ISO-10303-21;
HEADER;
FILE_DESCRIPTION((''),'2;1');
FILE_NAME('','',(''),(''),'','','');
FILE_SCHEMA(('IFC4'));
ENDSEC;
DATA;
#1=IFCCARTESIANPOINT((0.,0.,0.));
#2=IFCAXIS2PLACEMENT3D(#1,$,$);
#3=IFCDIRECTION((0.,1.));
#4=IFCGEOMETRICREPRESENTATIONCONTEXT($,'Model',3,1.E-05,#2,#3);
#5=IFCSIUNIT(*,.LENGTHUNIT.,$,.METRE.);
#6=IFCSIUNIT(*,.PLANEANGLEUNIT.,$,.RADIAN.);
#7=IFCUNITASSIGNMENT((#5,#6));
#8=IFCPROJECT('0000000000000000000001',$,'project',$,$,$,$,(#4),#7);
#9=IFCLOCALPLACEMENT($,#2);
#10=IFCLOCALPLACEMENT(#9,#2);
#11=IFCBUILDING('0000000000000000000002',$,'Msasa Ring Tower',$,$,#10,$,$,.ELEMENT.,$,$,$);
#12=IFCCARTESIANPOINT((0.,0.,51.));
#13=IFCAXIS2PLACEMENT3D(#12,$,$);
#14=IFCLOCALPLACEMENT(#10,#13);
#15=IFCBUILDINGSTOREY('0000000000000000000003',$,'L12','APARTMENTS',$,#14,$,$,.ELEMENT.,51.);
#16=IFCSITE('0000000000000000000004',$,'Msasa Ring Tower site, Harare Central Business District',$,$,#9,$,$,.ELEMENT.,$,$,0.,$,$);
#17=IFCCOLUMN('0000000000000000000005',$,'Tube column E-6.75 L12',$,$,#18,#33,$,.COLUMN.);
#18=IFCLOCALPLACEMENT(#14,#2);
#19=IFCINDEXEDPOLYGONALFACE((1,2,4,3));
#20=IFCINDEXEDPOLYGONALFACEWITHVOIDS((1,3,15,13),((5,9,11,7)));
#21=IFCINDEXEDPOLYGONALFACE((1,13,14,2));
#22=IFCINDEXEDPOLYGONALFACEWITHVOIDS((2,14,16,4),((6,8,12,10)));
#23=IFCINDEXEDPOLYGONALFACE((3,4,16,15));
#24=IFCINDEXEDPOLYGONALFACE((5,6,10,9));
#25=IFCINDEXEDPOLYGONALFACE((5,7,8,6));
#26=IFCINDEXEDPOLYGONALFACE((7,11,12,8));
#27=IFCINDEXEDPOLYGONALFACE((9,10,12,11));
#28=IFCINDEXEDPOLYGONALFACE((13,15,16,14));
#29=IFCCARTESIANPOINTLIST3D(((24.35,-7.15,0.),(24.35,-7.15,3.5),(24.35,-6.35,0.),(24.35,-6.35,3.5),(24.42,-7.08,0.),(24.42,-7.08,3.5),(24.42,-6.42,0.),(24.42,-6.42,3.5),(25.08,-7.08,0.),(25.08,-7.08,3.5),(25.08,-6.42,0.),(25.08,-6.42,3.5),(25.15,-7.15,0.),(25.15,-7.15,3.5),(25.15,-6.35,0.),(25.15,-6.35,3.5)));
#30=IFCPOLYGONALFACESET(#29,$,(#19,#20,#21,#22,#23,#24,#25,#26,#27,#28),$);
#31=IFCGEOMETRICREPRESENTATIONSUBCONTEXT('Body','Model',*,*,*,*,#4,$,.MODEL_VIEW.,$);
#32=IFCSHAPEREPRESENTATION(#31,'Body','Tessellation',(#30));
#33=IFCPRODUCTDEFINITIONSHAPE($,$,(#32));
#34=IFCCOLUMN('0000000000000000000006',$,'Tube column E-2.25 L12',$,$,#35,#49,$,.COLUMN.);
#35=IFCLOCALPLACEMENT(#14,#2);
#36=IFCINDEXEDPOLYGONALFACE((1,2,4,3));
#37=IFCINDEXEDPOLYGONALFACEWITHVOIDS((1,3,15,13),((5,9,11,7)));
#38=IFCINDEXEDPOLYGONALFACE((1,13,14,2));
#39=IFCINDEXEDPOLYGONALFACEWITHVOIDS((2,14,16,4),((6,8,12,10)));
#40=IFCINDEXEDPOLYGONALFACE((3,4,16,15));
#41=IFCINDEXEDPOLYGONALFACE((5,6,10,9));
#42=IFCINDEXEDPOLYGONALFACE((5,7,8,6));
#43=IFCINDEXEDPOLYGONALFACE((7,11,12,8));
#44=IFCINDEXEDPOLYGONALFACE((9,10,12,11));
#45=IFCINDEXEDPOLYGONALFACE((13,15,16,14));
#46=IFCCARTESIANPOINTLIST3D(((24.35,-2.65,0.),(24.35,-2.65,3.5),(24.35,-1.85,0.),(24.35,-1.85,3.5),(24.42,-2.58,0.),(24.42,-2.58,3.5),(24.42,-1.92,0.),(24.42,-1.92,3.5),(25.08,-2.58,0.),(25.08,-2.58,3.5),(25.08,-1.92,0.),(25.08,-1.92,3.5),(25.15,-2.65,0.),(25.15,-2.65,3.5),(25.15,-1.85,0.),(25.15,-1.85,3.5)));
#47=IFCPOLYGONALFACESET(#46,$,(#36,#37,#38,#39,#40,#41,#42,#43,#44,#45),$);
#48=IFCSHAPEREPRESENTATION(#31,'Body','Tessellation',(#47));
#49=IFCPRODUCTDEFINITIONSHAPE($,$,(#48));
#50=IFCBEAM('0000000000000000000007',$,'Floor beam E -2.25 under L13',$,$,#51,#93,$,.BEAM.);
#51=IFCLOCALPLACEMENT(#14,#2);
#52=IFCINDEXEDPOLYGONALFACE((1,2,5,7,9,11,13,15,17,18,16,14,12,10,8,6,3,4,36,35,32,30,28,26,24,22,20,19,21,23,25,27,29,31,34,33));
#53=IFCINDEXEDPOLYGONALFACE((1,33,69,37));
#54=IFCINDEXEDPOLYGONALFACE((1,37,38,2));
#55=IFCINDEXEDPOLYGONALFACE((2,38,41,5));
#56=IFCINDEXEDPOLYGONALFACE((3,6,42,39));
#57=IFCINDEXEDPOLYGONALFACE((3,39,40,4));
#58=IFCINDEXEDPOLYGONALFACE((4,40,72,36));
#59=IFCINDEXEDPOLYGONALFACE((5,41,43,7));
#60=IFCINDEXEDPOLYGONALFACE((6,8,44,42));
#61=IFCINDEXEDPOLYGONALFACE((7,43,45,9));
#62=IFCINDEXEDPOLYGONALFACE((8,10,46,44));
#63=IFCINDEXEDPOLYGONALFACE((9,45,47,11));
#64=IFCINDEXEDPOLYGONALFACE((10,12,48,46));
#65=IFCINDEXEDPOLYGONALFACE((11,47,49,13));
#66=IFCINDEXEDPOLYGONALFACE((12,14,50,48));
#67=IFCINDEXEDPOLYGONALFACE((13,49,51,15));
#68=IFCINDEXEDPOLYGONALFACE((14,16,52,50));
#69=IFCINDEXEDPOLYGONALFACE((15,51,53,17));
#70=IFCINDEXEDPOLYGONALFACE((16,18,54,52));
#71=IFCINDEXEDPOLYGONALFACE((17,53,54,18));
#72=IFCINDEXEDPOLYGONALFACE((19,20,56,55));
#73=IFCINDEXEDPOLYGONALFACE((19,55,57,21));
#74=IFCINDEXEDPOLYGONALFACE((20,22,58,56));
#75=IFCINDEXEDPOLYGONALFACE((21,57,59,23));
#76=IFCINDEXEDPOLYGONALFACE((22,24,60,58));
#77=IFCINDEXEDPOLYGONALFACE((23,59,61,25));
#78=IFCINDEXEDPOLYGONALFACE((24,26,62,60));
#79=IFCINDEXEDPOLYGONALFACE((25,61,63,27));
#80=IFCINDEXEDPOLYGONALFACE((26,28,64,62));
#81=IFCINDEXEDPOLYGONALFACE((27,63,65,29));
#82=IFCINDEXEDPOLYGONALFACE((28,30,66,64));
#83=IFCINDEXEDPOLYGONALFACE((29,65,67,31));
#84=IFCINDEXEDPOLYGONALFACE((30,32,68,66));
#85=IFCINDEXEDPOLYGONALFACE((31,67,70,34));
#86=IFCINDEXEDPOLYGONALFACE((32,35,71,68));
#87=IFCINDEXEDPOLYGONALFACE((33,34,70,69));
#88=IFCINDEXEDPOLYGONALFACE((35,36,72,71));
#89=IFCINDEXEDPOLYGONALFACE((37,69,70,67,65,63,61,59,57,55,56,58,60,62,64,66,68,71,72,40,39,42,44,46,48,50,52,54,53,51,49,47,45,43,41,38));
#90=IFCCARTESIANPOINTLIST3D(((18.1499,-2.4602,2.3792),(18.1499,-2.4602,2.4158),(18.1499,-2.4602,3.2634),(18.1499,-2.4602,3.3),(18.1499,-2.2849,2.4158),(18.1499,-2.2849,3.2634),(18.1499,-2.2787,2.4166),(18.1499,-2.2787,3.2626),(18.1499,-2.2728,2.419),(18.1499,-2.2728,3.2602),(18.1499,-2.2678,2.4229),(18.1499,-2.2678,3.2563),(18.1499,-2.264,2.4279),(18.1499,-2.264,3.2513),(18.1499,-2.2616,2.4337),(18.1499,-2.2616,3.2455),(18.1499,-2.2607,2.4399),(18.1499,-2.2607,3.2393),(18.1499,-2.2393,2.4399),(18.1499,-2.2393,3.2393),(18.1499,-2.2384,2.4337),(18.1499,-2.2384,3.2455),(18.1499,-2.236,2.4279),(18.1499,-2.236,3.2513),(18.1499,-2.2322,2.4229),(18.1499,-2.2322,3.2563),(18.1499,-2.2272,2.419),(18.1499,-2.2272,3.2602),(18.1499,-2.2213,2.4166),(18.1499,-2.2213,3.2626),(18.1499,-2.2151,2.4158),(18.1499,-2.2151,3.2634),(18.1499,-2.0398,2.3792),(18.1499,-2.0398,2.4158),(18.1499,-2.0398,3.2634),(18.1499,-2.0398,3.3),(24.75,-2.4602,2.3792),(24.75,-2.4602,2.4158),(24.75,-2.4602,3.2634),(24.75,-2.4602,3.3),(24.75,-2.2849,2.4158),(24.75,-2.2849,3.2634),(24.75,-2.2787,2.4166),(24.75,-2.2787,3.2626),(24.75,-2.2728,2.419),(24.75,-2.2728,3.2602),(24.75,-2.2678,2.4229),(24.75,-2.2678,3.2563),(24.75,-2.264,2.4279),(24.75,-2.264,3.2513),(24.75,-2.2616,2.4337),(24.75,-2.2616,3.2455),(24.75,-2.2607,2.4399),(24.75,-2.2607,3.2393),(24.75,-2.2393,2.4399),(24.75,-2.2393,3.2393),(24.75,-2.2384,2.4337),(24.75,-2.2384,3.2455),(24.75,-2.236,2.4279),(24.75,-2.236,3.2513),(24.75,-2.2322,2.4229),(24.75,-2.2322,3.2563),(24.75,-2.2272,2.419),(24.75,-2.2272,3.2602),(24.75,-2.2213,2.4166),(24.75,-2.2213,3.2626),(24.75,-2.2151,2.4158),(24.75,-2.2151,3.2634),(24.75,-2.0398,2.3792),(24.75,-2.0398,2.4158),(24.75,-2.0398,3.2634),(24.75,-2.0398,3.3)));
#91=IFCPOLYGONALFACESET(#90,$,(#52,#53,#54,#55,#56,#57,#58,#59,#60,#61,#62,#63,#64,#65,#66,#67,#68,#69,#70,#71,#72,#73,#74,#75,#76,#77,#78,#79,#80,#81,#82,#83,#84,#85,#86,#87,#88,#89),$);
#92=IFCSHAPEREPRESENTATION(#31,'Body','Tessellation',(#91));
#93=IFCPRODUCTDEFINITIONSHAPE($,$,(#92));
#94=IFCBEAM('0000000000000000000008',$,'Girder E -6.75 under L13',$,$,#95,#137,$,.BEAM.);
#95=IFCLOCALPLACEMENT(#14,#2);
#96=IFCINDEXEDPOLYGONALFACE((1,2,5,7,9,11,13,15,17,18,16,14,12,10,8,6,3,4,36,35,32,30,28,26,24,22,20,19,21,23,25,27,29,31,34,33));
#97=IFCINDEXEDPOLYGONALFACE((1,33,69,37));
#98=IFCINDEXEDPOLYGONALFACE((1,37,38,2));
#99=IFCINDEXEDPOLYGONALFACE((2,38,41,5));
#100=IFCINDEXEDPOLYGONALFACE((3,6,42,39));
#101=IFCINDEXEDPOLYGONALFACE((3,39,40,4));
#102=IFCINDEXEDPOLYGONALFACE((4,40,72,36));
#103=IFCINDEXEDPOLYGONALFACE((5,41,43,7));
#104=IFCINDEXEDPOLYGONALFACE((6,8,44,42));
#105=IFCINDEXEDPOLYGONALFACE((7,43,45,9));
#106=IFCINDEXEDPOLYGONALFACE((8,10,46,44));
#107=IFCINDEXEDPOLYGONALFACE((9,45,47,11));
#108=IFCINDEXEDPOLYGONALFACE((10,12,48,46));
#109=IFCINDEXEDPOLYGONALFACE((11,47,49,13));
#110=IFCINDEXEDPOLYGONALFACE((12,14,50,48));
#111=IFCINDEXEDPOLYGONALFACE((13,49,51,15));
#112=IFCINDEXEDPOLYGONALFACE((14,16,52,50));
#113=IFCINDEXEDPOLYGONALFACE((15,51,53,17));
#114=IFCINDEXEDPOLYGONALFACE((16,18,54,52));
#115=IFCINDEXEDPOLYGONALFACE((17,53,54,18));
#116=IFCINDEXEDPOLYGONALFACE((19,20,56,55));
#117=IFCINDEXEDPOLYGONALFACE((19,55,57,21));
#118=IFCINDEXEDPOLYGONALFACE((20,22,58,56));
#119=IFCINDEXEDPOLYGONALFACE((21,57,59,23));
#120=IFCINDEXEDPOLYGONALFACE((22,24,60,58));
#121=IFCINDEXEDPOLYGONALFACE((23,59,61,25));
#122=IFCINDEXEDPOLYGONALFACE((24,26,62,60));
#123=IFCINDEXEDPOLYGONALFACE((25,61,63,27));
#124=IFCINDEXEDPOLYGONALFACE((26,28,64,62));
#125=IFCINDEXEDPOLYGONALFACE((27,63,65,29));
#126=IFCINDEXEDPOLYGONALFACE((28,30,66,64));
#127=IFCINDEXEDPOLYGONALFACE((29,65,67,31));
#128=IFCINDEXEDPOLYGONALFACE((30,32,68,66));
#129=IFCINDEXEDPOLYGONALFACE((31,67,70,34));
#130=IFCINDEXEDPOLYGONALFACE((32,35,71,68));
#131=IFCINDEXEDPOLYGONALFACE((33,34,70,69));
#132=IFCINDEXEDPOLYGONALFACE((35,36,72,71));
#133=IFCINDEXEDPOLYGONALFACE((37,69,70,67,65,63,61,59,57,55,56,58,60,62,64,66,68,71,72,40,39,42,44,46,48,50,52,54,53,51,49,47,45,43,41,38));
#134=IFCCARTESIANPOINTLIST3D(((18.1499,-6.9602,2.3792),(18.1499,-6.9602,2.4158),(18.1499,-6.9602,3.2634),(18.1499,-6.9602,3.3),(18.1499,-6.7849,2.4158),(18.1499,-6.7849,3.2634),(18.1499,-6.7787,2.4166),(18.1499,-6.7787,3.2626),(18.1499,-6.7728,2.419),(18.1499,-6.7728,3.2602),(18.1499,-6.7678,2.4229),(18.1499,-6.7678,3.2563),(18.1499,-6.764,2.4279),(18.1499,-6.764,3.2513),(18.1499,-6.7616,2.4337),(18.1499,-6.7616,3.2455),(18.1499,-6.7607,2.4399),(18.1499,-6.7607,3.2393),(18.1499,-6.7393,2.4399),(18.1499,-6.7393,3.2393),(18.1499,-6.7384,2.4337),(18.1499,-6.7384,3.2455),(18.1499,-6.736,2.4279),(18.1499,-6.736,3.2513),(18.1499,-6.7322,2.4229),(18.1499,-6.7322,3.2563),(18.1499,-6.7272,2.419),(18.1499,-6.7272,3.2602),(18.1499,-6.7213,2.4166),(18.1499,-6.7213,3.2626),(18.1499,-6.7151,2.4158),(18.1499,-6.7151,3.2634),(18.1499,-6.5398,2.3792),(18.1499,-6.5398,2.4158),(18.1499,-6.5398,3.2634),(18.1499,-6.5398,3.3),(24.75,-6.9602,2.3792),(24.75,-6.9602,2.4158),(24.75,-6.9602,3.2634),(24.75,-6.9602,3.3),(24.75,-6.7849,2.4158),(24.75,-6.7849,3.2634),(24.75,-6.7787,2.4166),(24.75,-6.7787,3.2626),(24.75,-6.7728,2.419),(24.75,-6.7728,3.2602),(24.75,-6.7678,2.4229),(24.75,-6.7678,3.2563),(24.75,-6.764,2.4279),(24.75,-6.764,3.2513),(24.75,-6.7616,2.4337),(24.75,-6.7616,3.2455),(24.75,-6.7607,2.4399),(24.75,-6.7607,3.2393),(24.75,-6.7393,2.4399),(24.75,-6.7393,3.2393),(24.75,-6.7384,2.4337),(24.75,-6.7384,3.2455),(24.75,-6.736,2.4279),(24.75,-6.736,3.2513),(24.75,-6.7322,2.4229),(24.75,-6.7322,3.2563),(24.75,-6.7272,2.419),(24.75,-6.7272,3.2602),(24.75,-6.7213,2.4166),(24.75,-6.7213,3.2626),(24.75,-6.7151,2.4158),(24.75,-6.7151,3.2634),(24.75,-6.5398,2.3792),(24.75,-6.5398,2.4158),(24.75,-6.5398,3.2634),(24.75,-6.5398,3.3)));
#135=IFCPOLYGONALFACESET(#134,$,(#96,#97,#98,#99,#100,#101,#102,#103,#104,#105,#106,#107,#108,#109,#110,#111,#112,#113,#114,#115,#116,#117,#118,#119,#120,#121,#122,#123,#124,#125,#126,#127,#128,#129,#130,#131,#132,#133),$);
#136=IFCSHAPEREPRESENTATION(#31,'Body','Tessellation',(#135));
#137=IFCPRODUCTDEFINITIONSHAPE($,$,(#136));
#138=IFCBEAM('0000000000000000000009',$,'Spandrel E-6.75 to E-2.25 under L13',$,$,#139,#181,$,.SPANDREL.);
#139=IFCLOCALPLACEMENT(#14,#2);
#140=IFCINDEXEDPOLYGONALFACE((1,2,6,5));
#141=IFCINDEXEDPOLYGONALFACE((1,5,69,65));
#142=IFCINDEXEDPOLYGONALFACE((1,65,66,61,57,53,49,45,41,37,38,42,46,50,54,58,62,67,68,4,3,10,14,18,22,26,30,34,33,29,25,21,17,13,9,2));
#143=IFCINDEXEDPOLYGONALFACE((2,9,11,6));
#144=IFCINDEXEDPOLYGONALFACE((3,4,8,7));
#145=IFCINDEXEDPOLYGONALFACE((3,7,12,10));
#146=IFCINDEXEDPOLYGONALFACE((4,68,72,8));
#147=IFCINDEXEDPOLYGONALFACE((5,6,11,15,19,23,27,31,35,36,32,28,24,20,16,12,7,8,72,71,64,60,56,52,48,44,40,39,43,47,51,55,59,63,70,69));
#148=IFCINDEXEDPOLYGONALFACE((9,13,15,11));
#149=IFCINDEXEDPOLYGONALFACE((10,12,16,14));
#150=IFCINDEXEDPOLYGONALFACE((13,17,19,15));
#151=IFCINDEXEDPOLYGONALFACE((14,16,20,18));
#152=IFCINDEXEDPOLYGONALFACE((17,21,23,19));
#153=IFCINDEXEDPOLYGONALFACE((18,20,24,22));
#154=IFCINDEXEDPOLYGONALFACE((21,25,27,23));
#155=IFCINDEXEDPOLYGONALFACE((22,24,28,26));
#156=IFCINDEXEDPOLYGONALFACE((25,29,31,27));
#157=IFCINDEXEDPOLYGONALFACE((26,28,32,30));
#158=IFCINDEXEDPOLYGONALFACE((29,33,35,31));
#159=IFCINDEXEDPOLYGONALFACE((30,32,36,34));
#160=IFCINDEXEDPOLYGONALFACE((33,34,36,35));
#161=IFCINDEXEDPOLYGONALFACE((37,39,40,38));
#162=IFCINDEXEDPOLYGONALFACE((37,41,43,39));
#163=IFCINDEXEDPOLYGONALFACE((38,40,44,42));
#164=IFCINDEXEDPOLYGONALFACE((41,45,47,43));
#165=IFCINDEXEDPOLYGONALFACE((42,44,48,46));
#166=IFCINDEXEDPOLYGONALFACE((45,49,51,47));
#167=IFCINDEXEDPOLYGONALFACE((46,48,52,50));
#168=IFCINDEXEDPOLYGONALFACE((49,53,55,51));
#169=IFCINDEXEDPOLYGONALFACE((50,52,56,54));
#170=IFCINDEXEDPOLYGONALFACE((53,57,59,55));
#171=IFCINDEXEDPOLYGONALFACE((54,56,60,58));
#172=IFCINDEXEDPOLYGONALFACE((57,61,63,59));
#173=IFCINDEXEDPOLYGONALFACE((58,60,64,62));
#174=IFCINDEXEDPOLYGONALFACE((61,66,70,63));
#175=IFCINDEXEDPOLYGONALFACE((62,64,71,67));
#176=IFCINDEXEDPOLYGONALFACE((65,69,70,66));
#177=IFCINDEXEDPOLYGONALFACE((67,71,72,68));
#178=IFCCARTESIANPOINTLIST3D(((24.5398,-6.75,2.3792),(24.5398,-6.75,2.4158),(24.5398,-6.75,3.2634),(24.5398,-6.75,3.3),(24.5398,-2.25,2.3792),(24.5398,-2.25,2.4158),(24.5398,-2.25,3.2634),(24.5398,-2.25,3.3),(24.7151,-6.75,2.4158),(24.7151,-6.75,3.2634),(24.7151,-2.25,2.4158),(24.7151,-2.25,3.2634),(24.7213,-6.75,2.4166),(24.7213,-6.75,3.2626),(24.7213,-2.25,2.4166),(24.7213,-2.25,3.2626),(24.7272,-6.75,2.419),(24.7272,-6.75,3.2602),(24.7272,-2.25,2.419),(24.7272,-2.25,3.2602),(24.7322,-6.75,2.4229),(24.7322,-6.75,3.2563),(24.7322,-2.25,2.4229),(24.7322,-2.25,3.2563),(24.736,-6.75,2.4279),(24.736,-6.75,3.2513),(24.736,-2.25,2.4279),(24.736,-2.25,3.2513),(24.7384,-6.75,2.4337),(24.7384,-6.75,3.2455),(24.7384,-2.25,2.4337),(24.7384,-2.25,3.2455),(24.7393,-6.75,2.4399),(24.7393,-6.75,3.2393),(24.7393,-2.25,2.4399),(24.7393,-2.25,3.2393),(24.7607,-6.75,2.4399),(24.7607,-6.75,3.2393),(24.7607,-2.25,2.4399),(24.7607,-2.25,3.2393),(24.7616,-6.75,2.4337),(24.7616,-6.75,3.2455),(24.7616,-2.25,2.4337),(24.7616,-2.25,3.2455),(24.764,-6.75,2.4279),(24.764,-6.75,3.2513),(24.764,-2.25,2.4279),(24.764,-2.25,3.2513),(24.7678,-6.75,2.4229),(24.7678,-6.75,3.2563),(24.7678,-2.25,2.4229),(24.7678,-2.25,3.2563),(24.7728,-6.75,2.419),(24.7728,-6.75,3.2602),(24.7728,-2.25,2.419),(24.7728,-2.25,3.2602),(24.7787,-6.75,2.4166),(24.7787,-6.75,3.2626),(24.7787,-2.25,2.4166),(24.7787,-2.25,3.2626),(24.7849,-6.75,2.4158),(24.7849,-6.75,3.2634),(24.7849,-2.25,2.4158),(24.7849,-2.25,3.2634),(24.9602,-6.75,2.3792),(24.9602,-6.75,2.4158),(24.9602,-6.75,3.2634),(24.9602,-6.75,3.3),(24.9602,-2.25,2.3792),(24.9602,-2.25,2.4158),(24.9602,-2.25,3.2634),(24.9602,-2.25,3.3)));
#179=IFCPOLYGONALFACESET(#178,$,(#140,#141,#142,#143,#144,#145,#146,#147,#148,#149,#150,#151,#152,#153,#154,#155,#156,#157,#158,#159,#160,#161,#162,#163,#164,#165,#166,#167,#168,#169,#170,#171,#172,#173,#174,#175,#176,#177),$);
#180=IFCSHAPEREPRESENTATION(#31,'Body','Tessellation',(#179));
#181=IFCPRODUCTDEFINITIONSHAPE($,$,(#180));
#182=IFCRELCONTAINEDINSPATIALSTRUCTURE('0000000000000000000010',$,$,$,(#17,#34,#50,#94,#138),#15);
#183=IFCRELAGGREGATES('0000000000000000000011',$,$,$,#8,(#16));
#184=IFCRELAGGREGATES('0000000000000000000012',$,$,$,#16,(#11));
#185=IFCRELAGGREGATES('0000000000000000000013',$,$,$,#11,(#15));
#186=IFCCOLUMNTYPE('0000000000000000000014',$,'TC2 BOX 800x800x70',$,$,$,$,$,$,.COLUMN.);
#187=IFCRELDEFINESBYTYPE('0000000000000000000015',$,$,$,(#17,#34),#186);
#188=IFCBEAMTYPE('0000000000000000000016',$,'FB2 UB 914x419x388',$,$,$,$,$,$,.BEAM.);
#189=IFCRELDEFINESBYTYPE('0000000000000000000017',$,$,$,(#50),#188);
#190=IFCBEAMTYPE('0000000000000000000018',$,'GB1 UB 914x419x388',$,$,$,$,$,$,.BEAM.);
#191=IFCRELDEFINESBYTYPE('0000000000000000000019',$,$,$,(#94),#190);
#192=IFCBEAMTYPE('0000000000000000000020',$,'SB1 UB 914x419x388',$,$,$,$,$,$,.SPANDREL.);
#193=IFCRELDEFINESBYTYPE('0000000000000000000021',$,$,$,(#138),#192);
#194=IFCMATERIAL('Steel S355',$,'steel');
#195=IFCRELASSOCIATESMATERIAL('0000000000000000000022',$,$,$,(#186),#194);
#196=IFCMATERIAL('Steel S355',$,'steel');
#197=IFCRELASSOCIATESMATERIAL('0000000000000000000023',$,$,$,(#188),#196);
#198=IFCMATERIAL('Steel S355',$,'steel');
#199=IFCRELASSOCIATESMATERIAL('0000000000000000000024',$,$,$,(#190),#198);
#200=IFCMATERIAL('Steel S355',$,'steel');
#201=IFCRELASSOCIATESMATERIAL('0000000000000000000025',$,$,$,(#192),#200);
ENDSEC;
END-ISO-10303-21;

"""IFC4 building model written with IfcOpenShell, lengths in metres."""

from ifc_helpers import new_model, si_unit, direction, frame, origin, origin_2d, place, context, subcontext, project, spatial, hollow_rectangle, i_section, extrude, material, material_profile, profile_set, type_object, element, save


model = new_model("IFC4")

# Units and contexts
model_context = context("Model", 3, precision=1e-05, world=origin(), true_north=direction((0.0, 1.0)))
body_context = subcontext(model_context, "Body", "Model", "MODEL_VIEW")
ifc_project = project(units=[si_unit("LENGTHUNIT", "METRE"), si_unit("PLANEANGLEUNIT", "RADIAN")], contexts=[model_context])

# Site, building, storey
site_placement = place(None, origin())
site = spatial("IfcSite", under=ifc_project, at=site_placement, Name="Msasa Ring Tower site, Harare Central Business District", CompositionType="ELEMENT", RefElevation=0.0)
building_placement = place(site_placement, origin())
building = spatial("IfcBuilding", under=site, at=building_placement, Name="Msasa Ring Tower", CompositionType="ELEMENT")
storey_placement = place(building_placement, frame((0.0, 0.0, 51.0)))
storey = spatial("IfcBuildingStorey", under=building, at=storey_placement, Name="L12", Description="APARTMENTS", CompositionType="ELEMENT", Elevation=51.0)

# Columns
ifc_material_1 = material(Name="Steel S355", Category="steel")
ifc_material_profile_1 = material_profile(ifc_material_1, hollow_rectangle(XDim=0.8, YDim=0.8, WallThickness=0.0701, at=origin_2d()), Name="BOX 800x800x70")
ifc_profile_set_1 = profile_set([ifc_material_profile_1], Name="Steel S355")
column_type = type_object("IfcColumnType", Name="TC2 BOX 800x800x70", PredefinedType="COLUMN", material=ifc_profile_set_1)
for number, where, z_axis, x_axis, name in (
    (1, (24.75, -6.75, 0.0), (0.0, 0.0, 1.0), (1.0, 0.0, 0.0), "Tube column E-6.75 L12"),
    (2, (24.75, -2.25, 0.0), (0.0, 0.0, 1.0), (1.0, 0.0, 0.0), "Tube column E-2.25 L12"),
):
    element("IfcColumn", number, at=place(storey_placement, frame(where, z_axis=z_axis, x_axis=x_axis)), inside=storey, type_object=column_type, Name=name, PredefinedType="COLUMN", context=body_context, shape_type="SweptSolid", body=[
        extrude(hollow_rectangle(XDim=0.8, YDim=0.8, WallThickness=0.0701, at=origin_2d()), origin(), (0.0, 0.0, 1.0), 3.5),
    ])

# Beams
ifc_material_2 = material(Name="Steel S355", Category="steel")
ifc_material_profile_2 = material_profile(ifc_material_2, i_section(OverallWidth=0.4204, OverallDepth=0.9209, WebThickness=0.0215, FlangeThickness=0.0366, FilletRadius=0.0242, at=origin_2d()), Name="UB 914x419x388")
ifc_profile_set_2 = profile_set([ifc_material_profile_2], Name="Steel S355")
beam_type_1 = type_object("IfcBeamType", Name="FB2 UB 914x419x388", PredefinedType="BEAM", material=ifc_profile_set_2)
beam_1_placement = place(storey_placement, frame((24.75, -2.25, 2.8396), z_axis=(-1.0, 0.0, 0.0), x_axis=(0.0, -1.0, 0.0)))
element("IfcBeam", 3, at=beam_1_placement, inside=storey, type_object=beam_type_1, Name="Floor beam E -2.25 under L13", PredefinedType="BEAM", context=body_context, shape_type="SweptSolid", body=[
    extrude(i_section(OverallWidth=0.4204, OverallDepth=0.9209, WebThickness=0.0215, FlangeThickness=0.0366, FilletRadius=0.0242, at=origin_2d()), origin(), (0.0, 0.0, 1.0), 6.6001),
])
ifc_material_3 = material(Name="Steel S355", Category="steel")
ifc_material_profile_3 = material_profile(ifc_material_3, i_section(OverallWidth=0.4204, OverallDepth=0.9209, WebThickness=0.0215, FlangeThickness=0.0366, FilletRadius=0.0242, at=origin_2d()), Name="UB 914x419x388")
ifc_profile_set_3 = profile_set([ifc_material_profile_3], Name="Steel S355")
beam_type_2 = type_object("IfcBeamType", Name="GB1 UB 914x419x388", PredefinedType="BEAM", material=ifc_profile_set_3)
beam_2_placement = place(storey_placement, frame((18.1499, -6.75, 2.8396), z_axis=(1.0, 0.0, 0.0), x_axis=(0.0, 1.0, 0.0)))
element("IfcBeam", 4, at=beam_2_placement, inside=storey, type_object=beam_type_2, Name="Girder E -6.75 under L13", PredefinedType="BEAM", context=body_context, shape_type="SweptSolid", body=[
    extrude(i_section(OverallWidth=0.4204, OverallDepth=0.9209, WebThickness=0.0215, FlangeThickness=0.0366, FilletRadius=0.0242, at=origin_2d()), origin(), (0.0, 0.0, 1.0), 6.6001),
])
ifc_material_4 = material(Name="Steel S355", Category="steel")
ifc_material_profile_4 = material_profile(ifc_material_4, i_section(OverallWidth=0.4204, OverallDepth=0.9209, WebThickness=0.0215, FlangeThickness=0.0366, FilletRadius=0.0242, at=origin_2d()), Name="UB 914x419x388")
ifc_profile_set_4 = profile_set([ifc_material_profile_4], Name="Steel S355")
beam_type_3 = type_object("IfcBeamType", Name="SB1 UB 914x419x388", PredefinedType="SPANDREL", material=ifc_profile_set_4)
for number, where, z_axis, x_axis, name in (
    (5, (24.75, -6.75, 2.8396), (0.0, 1.0, 0.0), (-1.0, 0.0, 0.0), "Spandrel E-6.75 to E-2.25 under L13"),
):
    element("IfcBeam", number, at=place(storey_placement, frame(where, z_axis=z_axis, x_axis=x_axis)), inside=storey, type_object=beam_type_3, Name=name, PredefinedType="SPANDREL", context=body_context, shape_type="SweptSolid", body=[
        extrude(i_section(OverallWidth=0.4204, OverallDepth=0.9209, WebThickness=0.0215, FlangeThickness=0.0366, FilletRadius=0.0242, at=origin_2d()), origin(), (0.0, 0.0, 1.0), 4.5),
    ])

save(model, "model.ifc")
